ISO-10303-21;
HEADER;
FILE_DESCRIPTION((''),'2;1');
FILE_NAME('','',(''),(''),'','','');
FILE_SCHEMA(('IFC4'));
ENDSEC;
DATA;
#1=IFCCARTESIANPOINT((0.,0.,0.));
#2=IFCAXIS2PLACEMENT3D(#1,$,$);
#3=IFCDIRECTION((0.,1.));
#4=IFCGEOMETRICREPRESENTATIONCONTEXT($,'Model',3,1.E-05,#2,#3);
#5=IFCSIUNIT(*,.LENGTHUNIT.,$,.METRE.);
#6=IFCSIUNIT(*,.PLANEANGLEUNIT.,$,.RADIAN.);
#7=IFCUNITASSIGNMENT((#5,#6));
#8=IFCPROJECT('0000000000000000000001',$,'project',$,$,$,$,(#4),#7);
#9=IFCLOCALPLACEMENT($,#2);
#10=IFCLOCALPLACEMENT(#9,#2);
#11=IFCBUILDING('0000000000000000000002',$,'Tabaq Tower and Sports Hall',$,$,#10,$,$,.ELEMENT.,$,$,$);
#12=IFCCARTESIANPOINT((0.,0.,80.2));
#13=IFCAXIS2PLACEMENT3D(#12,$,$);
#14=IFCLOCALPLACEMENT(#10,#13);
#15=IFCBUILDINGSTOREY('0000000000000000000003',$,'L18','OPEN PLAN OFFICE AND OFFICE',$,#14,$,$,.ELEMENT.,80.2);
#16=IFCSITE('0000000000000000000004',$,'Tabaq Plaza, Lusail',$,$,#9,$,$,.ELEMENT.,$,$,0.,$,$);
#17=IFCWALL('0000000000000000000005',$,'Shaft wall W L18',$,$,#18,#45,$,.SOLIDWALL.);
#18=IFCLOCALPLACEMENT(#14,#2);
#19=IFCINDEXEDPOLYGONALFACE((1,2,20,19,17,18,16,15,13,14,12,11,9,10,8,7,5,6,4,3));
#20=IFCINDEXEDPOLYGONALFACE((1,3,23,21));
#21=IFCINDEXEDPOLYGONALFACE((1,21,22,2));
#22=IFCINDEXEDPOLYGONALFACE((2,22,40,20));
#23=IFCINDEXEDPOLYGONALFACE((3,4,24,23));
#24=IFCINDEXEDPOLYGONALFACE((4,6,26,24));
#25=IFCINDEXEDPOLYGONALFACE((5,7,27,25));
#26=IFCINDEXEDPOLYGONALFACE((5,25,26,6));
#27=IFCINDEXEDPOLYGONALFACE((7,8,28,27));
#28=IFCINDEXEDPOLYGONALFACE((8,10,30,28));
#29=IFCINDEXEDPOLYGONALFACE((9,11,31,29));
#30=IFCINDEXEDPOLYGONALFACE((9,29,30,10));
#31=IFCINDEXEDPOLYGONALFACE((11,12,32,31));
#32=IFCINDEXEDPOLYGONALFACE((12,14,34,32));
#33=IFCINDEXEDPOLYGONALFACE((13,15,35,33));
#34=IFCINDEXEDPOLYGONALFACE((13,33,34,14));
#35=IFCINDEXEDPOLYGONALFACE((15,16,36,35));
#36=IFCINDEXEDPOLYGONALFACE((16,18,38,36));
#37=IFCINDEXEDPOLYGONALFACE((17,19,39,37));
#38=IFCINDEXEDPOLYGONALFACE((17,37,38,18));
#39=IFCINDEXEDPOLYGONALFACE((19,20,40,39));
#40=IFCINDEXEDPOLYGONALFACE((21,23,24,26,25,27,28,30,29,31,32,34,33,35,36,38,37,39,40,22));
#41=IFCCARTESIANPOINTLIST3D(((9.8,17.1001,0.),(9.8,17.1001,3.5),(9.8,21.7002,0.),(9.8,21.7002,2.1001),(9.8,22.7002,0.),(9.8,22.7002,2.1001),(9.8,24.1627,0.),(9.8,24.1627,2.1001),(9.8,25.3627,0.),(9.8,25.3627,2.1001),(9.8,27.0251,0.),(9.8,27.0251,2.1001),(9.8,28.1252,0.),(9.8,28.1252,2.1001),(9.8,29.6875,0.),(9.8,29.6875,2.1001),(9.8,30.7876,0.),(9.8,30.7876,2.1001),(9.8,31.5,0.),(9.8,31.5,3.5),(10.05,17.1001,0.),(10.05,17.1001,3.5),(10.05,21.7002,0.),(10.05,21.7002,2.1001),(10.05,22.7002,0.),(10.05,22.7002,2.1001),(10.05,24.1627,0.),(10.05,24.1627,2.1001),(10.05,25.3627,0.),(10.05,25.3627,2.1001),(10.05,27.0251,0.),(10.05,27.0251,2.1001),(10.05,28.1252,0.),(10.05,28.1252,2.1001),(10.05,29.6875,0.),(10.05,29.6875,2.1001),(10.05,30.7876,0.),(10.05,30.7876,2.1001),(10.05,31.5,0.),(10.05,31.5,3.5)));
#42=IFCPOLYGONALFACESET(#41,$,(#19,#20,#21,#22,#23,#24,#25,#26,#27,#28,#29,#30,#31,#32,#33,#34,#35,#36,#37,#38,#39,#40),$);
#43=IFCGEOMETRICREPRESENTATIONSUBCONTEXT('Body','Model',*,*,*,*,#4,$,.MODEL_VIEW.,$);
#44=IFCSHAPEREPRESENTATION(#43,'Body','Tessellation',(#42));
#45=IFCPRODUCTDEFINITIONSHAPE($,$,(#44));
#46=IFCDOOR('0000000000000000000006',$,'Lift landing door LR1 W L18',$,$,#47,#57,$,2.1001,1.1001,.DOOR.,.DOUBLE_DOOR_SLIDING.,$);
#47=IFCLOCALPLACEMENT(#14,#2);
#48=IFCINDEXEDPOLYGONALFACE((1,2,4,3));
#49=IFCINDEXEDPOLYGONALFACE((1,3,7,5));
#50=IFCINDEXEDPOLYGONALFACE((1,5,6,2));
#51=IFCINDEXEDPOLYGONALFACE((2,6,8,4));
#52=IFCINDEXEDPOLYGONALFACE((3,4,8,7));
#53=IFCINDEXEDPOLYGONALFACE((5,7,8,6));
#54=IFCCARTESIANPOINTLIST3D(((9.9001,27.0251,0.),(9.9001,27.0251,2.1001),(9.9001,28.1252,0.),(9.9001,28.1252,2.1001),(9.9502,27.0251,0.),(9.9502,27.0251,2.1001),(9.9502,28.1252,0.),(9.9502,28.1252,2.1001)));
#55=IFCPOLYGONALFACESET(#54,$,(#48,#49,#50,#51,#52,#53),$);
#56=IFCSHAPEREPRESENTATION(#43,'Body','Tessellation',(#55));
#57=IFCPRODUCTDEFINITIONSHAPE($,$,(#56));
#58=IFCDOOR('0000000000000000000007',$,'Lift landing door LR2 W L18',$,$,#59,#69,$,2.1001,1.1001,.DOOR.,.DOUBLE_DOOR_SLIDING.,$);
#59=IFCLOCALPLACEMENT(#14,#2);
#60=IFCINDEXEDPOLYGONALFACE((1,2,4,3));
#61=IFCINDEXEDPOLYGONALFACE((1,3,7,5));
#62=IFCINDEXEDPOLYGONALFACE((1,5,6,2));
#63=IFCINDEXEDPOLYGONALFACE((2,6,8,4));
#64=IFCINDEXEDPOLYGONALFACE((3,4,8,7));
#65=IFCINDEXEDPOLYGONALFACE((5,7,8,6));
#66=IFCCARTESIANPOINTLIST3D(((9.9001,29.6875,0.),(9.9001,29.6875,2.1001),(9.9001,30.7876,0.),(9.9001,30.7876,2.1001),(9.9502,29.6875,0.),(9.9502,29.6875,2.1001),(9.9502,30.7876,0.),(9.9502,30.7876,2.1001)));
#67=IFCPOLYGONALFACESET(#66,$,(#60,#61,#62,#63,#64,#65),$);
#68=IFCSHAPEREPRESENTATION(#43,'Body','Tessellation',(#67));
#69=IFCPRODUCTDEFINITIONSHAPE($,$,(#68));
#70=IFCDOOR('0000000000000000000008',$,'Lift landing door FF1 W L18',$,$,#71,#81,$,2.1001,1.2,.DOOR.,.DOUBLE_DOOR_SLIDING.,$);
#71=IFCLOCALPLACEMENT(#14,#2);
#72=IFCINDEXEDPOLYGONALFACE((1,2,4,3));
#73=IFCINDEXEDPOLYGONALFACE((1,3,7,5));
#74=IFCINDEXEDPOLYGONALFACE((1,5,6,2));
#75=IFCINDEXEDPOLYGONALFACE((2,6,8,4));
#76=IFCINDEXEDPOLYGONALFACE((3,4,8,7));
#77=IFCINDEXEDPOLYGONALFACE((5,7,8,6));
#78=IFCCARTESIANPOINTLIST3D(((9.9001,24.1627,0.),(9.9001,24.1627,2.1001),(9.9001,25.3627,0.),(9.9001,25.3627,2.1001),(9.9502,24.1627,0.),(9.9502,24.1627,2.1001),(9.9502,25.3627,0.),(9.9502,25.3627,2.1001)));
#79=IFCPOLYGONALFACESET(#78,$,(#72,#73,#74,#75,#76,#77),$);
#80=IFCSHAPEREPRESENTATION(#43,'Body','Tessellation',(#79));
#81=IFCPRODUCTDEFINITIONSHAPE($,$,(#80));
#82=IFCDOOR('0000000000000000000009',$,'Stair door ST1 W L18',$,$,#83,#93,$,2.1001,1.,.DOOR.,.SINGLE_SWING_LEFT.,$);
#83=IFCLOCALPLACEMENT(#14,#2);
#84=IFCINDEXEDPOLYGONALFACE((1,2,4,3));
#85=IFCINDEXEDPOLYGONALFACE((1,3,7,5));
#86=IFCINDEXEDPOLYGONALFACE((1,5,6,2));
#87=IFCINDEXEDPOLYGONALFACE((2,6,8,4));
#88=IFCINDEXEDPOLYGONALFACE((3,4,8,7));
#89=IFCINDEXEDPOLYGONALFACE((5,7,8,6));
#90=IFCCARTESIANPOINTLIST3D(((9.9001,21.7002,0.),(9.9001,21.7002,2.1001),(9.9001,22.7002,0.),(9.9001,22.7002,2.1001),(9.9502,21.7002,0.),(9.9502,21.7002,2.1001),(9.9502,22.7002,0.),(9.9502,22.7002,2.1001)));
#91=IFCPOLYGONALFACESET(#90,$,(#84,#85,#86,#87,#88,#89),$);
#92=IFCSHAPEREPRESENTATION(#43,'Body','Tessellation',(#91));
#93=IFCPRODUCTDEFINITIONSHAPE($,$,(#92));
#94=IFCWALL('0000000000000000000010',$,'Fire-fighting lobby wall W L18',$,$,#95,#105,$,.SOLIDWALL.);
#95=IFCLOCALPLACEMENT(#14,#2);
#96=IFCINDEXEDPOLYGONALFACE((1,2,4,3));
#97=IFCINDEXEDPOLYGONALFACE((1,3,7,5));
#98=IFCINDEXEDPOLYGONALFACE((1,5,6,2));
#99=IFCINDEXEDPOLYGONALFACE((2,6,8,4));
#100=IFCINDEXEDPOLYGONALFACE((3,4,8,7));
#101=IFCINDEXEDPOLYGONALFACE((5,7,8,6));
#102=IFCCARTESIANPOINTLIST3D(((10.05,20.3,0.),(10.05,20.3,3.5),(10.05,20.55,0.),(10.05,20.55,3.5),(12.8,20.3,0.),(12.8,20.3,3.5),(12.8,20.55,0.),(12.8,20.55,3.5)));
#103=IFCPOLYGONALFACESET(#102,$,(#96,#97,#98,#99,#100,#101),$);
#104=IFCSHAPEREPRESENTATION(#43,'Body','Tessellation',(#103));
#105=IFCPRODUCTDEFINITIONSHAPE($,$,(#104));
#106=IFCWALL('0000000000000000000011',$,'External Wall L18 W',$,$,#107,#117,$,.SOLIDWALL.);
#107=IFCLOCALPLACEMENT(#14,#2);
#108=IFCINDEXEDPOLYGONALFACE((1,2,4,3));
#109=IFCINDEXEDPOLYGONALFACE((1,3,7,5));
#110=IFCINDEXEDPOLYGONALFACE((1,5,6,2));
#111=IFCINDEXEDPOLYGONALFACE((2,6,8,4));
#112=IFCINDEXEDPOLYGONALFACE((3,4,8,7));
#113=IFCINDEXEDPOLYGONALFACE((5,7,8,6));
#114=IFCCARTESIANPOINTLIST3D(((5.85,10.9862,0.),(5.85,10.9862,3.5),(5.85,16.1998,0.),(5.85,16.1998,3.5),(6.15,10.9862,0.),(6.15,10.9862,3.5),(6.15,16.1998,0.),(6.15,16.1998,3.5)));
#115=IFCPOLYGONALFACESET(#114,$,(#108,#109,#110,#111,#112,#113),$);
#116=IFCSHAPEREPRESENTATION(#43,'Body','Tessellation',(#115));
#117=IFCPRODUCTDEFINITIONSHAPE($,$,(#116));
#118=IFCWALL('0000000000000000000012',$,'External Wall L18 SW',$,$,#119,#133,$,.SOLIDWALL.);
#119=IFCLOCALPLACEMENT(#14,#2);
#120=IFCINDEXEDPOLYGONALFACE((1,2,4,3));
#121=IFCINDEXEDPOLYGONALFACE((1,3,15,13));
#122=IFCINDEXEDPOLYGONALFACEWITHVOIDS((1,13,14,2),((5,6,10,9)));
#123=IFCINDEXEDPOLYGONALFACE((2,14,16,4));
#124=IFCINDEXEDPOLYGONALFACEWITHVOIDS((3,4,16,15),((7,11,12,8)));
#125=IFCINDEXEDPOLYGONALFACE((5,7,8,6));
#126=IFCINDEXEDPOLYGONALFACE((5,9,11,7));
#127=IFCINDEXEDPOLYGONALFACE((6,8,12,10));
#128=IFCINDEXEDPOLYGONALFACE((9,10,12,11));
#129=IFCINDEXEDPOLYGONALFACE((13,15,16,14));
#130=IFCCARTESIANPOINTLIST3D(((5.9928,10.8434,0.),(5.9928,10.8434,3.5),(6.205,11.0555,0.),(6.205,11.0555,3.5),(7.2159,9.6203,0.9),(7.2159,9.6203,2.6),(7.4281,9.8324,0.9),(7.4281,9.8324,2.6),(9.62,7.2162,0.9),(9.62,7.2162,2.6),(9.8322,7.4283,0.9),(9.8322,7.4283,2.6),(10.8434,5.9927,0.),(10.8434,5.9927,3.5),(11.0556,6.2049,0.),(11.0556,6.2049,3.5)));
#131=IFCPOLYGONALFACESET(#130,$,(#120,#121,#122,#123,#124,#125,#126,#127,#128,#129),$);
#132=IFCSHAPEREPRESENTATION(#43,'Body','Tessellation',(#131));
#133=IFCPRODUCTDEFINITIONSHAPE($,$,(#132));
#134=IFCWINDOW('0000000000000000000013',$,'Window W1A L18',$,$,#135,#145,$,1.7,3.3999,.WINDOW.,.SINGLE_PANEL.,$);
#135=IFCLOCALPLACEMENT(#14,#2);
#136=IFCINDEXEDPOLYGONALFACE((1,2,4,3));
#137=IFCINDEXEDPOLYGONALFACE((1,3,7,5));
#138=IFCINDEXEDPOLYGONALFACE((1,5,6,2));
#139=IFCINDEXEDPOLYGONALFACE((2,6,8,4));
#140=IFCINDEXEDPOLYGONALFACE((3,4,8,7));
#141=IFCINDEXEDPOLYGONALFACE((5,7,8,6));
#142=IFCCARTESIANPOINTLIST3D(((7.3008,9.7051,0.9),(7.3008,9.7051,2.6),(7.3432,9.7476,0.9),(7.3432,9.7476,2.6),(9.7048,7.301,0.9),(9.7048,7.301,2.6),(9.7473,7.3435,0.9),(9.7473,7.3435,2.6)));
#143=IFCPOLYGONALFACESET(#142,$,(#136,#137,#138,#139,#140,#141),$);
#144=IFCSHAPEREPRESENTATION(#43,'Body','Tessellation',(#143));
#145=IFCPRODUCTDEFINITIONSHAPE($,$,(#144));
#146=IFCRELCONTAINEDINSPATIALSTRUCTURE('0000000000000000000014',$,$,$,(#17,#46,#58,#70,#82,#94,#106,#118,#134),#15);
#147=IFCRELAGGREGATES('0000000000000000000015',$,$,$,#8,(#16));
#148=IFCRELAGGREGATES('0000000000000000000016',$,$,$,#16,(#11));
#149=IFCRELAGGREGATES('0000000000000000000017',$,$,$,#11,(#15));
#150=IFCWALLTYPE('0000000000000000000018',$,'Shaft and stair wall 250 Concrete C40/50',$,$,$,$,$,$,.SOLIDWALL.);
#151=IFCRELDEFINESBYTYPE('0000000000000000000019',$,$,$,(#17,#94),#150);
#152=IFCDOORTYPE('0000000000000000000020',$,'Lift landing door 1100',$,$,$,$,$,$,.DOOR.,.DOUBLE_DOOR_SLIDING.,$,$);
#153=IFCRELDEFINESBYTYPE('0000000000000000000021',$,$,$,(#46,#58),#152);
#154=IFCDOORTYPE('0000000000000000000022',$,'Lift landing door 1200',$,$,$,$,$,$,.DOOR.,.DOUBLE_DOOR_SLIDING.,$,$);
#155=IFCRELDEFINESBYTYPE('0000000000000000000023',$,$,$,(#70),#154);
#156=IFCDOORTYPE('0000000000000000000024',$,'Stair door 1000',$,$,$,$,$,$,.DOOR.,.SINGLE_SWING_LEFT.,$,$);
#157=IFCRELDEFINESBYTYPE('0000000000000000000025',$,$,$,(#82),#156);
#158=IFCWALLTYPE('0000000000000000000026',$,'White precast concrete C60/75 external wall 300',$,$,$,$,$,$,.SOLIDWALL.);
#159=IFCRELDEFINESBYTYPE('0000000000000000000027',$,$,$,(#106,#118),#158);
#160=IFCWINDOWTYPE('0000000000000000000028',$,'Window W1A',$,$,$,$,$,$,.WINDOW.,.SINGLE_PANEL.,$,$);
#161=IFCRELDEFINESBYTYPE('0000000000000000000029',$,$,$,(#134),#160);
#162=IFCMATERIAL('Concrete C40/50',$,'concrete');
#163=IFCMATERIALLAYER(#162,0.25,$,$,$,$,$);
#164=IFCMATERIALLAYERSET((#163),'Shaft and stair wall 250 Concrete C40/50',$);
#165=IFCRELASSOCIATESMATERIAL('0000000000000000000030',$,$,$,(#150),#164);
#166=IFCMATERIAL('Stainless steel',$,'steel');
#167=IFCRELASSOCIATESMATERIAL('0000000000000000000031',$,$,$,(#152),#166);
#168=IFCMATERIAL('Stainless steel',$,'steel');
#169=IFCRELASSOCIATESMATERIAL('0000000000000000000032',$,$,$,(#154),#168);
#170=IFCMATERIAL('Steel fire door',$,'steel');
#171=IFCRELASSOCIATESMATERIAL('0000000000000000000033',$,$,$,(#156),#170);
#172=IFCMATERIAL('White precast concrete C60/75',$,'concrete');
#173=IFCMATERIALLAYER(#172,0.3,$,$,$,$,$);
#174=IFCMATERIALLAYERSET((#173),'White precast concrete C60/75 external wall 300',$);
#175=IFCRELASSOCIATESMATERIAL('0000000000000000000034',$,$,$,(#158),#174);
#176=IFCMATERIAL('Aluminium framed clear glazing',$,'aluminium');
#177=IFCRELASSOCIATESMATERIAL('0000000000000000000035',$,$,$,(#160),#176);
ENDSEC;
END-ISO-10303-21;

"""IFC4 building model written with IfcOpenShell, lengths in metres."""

from ifc_helpers import new_model, si_unit, direction, frame, frame_2d, origin, place, context, subcontext, project, spatial, rectangle, extrude, material, layer, layer_set, type_object, element, fill, save


model = new_model("IFC4")

# Units and contexts
model_context = context("Model", 3, precision=1e-05, world=origin(), true_north=direction((0.0, 1.0)))
body_context = subcontext(model_context, "Body", "Model", "MODEL_VIEW")
ifc_project = project(units=[si_unit("LENGTHUNIT", "METRE"), si_unit("PLANEANGLEUNIT", "RADIAN")], contexts=[model_context])

# Site, building, storey
site_placement = place(None, origin())
site = spatial("IfcSite", under=ifc_project, at=site_placement, Name="Tabaq Plaza, Lusail", CompositionType="ELEMENT", RefElevation=0.0)
building_placement = place(site_placement, origin())
building = spatial("IfcBuilding", under=site, at=building_placement, Name="Tabaq Tower and Sports Hall", CompositionType="ELEMENT")
storey_placement = place(building_placement, frame((0.0, 0.0, 80.2)))
storey = spatial("IfcBuildingStorey", under=building, at=storey_placement, Name="L18", Description="OPEN PLAN OFFICE AND OFFICE", CompositionType="ELEMENT", Elevation=80.2)

# Wall, openings, doors
ifc_material_1 = material(Name="Concrete C40/50", Category="concrete")
ifc_layer_1 = layer(ifc_material_1, 0.25)
ifc_layer_set_1 = layer_set([ifc_layer_1], Name="Shaft and stair wall 250 Concrete C40/50")
wall_type_1 = type_object("IfcWallType", Name="Shaft and stair wall 250 Concrete C40/50", PredefinedType="SOLIDWALL", material=ifc_layer_set_1)
wall_1_placement = place(storey_placement, frame((9.925, 17.1001, 0.0), z_axis=(0.0, 0.0, 1.0), x_axis=(0.0, 1.0, 0.0)))
wall_1 = element("IfcWall", 1, at=wall_1_placement, inside=storey, type_object=wall_type_1, Name="Shaft wall W L18", PredefinedType="SOLIDWALL", context=body_context, shape_type="SweptSolid", body=[
    extrude(rectangle(XDim=14.3999, YDim=0.25, at=frame_2d((7.2, 0.0))), origin(), (0.0, 0.0, 1.0), 3.5),
])
opening_1_placement = place(wall_1_placement, frame((4.6001, 0.0, 0.0)))
opening_1 = element("IfcOpeningElement", 2, at=opening_1_placement, cuts=wall_1, PredefinedType="OPENING", context=body_context, shape_type="SweptSolid", body=[
    extrude(rectangle(XDim=1.0, YDim=2.1001, at=frame_2d((0.5, 1.05))), frame((0.0, 0.125, 0.0), z_axis=(0.0, -1.0, 0.0), x_axis=(1.0, 0.0, 0.0)), (0.0, 0.0, 1.0), 0.25),
])
opening_2_placement = place(wall_1_placement, frame((7.0625, 0.0, 0.0)))
opening_2 = element("IfcOpeningElement", 3, at=opening_2_placement, cuts=wall_1, PredefinedType="OPENING", context=body_context, shape_type="SweptSolid", body=[
    extrude(rectangle(XDim=1.2, YDim=2.1001, at=frame_2d((0.6001, 1.05))), frame((0.0, 0.125, 0.0), z_axis=(0.0, -1.0, 0.0), x_axis=(1.0, 0.0, 0.0)), (0.0, 0.0, 1.0), 0.25),
])
opening_3_placement = place(wall_1_placement, frame((9.925, 0.0, 0.0)))
opening_3 = element("IfcOpeningElement", 4, at=opening_3_placement, cuts=wall_1, PredefinedType="OPENING", context=body_context, shape_type="SweptSolid", body=[
    extrude(rectangle(XDim=1.1001, YDim=2.1001, at=frame_2d((0.55, 1.05))), frame((0.0, 0.125, 0.0), z_axis=(0.0, -1.0, 0.0), x_axis=(1.0, 0.0, 0.0)), (0.0, 0.0, 1.0), 0.25),
])
opening_4_placement = place(wall_1_placement, frame((12.5874, 0.0, 0.0)))
opening_4 = element("IfcOpeningElement", 5, at=opening_4_placement, cuts=wall_1, PredefinedType="OPENING", context=body_context, shape_type="SweptSolid", body=[
    extrude(rectangle(XDim=1.1001, YDim=2.1001, at=frame_2d((0.55, 1.05))), frame((0.0, 0.125, 0.0), z_axis=(0.0, -1.0, 0.0), x_axis=(1.0, 0.0, 0.0)), (0.0, 0.0, 1.0), 0.25),
])
ifc_material_2 = material(Name="Stainless steel", Category="steel")
door_type_1 = type_object("IfcDoorType", Name="Lift landing door 1100", OperationType="DOUBLE_DOOR_SLIDING", PredefinedType="DOOR", material=ifc_material_2)
door_1_placement = place(opening_3_placement, origin())
door_1 = element("IfcDoor", 6, at=door_1_placement, inside=storey, type_object=door_type_1, Name="Lift landing door LR1 W L18", OperationType="DOUBLE_DOOR_SLIDING", OverallHeight=2.1001, OverallWidth=1.1001, PredefinedType="DOOR", context=body_context, shape_type="SweptSolid", body=[
    extrude(rectangle(XDim=1.1001, YDim=2.1001, at=frame_2d((0.55, 1.05))), frame((0.0, 0.0249, 0.0), z_axis=(0.0, -1.0, 0.0), x_axis=(1.0, 0.0, 0.0)), (0.0, 0.0, 1.0), 0.05),
])
fill(opening_3, door_1)
door_2_placement = place(opening_4_placement, origin())
door_2 = element("IfcDoor", 7, at=door_2_placement, inside=storey, type_object=door_type_1, Name="Lift landing door LR2 W L18", OperationType="DOUBLE_DOOR_SLIDING", OverallHeight=2.1001, OverallWidth=1.1001, PredefinedType="DOOR", context=body_context, shape_type="SweptSolid", body=[
    extrude(rectangle(XDim=1.1001, YDim=2.1001, at=frame_2d((0.55, 1.05))), frame((0.0, 0.0249, 0.0), z_axis=(0.0, -1.0, 0.0), x_axis=(1.0, 0.0, 0.0)), (0.0, 0.0, 1.0), 0.05),
])
fill(opening_4, door_2)
ifc_material_3 = material(Name="Stainless steel", Category="steel")
door_type_2 = type_object("IfcDoorType", Name="Lift landing door 1200", OperationType="DOUBLE_DOOR_SLIDING", PredefinedType="DOOR", material=ifc_material_3)
door_3_placement = place(opening_2_placement, origin())
door_3 = element("IfcDoor", 8, at=door_3_placement, inside=storey, type_object=door_type_2, Name="Lift landing door FF1 W L18", OperationType="DOUBLE_DOOR_SLIDING", OverallHeight=2.1001, OverallWidth=1.2, PredefinedType="DOOR", context=body_context, shape_type="SweptSolid", body=[
    extrude(rectangle(XDim=1.2, YDim=2.1001, at=frame_2d((0.6001, 1.05))), frame((0.0, 0.0249, 0.0), z_axis=(0.0, -1.0, 0.0), x_axis=(1.0, 0.0, 0.0)), (0.0, 0.0, 1.0), 0.05),
])
fill(opening_2, door_3)
ifc_material_4 = material(Name="Steel fire door", Category="steel")
door_type_3 = type_object("IfcDoorType", Name="Stair door 1000", OperationType="SINGLE_SWING_LEFT", PredefinedType="DOOR", material=ifc_material_4)
door_4_placement = place(opening_1_placement, origin())
door_4 = element("IfcDoor", 9, at=door_4_placement, inside=storey, type_object=door_type_3, Name="Stair door ST1 W L18", OperationType="SINGLE_SWING_LEFT", OverallHeight=2.1001, OverallWidth=1.0, PredefinedType="DOOR", context=body_context, shape_type="SweptSolid", body=[
    extrude(rectangle(XDim=1.0, YDim=2.1001, at=frame_2d((0.5, 1.05))), frame((0.0, 0.0249, 0.0), z_axis=(0.0, -1.0, 0.0), x_axis=(1.0, 0.0, 0.0)), (0.0, 0.0, 1.0), 0.05),
])
fill(opening_1, door_4)

# Walls
wall_2_placement = place(storey_placement, frame((10.05, 20.425, 0.0), z_axis=(0.0, 0.0, 1.0), x_axis=(1.0, 0.0, 0.0)))
element("IfcWall", 10, at=wall_2_placement, inside=storey, type_object=wall_type_1, Name="Fire-fighting lobby wall W L18", PredefinedType="SOLIDWALL", context=body_context, shape_type="SweptSolid", body=[
    extrude(rectangle(XDim=2.75, YDim=0.25, at=frame_2d((1.375, 0.0))), origin(), (0.0, 0.0, 1.0), 3.5),
])
ifc_material_5 = material(Name="White precast concrete C60/75", Category="concrete")
ifc_layer_2 = layer(ifc_material_5, 0.3)
ifc_layer_set_2 = layer_set([ifc_layer_2], Name="White precast concrete C60/75 external wall 300")
wall_type_2 = type_object("IfcWallType", Name="White precast concrete C60/75 external wall 300", PredefinedType="SOLIDWALL", material=ifc_layer_set_2)
wall_3_placement = place(storey_placement, frame((6.0, 16.2, 0.0), z_axis=(0.0, 0.0, 1.0), x_axis=(0.0, -1.0, 0.0)))
element("IfcWall", 11, at=wall_3_placement, inside=storey, type_object=wall_type_2, Name="External Wall L18 W", PredefinedType="SOLIDWALL", context=body_context, shape_type="SweptSolid", body=[
    extrude(rectangle(XDim=5.2136, YDim=0.3, at=frame_2d((2.6069, 0.0))), origin(), (0.0, 0.0, 1.0), 3.5),
])

# Wall, opening, window
wall_4_placement = place(storey_placement, frame((6.0989, 10.9495, 0.0), z_axis=(0.0, 0.0, 1.0), x_axis=(0.707107, -0.707107, 0.0)))
wall_4 = element("IfcWall", 12, at=wall_4_placement, inside=storey, type_object=wall_type_2, Name="External Wall L18 SW", PredefinedType="SOLIDWALL", context=body_context, shape_type="SweptSolid", body=[
    extrude(rectangle(XDim=6.8599, YDim=0.3, at=frame_2d((3.4299, 0.0))), origin(), (0.0, 0.0, 1.0), 3.5),
])
opening_5_placement = place(wall_4_placement, frame((1.7297, 0.0, 0.8999)))
opening_5 = element("IfcOpeningElement", 13, at=opening_5_placement, cuts=wall_4, PredefinedType="OPENING", context=body_context, shape_type="SweptSolid", body=[
    extrude(rectangle(XDim=3.3999, YDim=1.7, at=frame_2d((1.7, 0.8501))), frame((0.0, 0.1602, 0.0), z_axis=(0.0, -1.0, 0.0), x_axis=(1.0, 0.0, 0.0)), (0.0, 0.0, 1.0), 0.3201),
])
ifc_material_6 = material(Name="Aluminium framed clear glazing", Category="aluminium")
window_type = type_object("IfcWindowType", Name="Window W1A", PartitioningType="SINGLE_PANEL", PredefinedType="WINDOW", material=ifc_material_6)
window_placement = place(opening_5_placement, origin())
window = element("IfcWindow", 14, at=window_placement, inside=storey, type_object=window_type, Name="Window W1A L18", OverallHeight=1.7, OverallWidth=3.3999, PartitioningType="SINGLE_PANEL", PredefinedType="WINDOW", context=body_context, shape_type="SweptSolid", body=[
    extrude(rectangle(XDim=3.3999, YDim=1.7, at=frame_2d((1.7, 0.8501))), frame((0.0, 0.03, 0.0), z_axis=(0.0, -1.0, 0.0), x_axis=(1.0, 0.0, 0.0)), (0.0, 0.0, 1.0), 0.0601),
])
fill(opening_5, window)

save(model, "model.ifc")
